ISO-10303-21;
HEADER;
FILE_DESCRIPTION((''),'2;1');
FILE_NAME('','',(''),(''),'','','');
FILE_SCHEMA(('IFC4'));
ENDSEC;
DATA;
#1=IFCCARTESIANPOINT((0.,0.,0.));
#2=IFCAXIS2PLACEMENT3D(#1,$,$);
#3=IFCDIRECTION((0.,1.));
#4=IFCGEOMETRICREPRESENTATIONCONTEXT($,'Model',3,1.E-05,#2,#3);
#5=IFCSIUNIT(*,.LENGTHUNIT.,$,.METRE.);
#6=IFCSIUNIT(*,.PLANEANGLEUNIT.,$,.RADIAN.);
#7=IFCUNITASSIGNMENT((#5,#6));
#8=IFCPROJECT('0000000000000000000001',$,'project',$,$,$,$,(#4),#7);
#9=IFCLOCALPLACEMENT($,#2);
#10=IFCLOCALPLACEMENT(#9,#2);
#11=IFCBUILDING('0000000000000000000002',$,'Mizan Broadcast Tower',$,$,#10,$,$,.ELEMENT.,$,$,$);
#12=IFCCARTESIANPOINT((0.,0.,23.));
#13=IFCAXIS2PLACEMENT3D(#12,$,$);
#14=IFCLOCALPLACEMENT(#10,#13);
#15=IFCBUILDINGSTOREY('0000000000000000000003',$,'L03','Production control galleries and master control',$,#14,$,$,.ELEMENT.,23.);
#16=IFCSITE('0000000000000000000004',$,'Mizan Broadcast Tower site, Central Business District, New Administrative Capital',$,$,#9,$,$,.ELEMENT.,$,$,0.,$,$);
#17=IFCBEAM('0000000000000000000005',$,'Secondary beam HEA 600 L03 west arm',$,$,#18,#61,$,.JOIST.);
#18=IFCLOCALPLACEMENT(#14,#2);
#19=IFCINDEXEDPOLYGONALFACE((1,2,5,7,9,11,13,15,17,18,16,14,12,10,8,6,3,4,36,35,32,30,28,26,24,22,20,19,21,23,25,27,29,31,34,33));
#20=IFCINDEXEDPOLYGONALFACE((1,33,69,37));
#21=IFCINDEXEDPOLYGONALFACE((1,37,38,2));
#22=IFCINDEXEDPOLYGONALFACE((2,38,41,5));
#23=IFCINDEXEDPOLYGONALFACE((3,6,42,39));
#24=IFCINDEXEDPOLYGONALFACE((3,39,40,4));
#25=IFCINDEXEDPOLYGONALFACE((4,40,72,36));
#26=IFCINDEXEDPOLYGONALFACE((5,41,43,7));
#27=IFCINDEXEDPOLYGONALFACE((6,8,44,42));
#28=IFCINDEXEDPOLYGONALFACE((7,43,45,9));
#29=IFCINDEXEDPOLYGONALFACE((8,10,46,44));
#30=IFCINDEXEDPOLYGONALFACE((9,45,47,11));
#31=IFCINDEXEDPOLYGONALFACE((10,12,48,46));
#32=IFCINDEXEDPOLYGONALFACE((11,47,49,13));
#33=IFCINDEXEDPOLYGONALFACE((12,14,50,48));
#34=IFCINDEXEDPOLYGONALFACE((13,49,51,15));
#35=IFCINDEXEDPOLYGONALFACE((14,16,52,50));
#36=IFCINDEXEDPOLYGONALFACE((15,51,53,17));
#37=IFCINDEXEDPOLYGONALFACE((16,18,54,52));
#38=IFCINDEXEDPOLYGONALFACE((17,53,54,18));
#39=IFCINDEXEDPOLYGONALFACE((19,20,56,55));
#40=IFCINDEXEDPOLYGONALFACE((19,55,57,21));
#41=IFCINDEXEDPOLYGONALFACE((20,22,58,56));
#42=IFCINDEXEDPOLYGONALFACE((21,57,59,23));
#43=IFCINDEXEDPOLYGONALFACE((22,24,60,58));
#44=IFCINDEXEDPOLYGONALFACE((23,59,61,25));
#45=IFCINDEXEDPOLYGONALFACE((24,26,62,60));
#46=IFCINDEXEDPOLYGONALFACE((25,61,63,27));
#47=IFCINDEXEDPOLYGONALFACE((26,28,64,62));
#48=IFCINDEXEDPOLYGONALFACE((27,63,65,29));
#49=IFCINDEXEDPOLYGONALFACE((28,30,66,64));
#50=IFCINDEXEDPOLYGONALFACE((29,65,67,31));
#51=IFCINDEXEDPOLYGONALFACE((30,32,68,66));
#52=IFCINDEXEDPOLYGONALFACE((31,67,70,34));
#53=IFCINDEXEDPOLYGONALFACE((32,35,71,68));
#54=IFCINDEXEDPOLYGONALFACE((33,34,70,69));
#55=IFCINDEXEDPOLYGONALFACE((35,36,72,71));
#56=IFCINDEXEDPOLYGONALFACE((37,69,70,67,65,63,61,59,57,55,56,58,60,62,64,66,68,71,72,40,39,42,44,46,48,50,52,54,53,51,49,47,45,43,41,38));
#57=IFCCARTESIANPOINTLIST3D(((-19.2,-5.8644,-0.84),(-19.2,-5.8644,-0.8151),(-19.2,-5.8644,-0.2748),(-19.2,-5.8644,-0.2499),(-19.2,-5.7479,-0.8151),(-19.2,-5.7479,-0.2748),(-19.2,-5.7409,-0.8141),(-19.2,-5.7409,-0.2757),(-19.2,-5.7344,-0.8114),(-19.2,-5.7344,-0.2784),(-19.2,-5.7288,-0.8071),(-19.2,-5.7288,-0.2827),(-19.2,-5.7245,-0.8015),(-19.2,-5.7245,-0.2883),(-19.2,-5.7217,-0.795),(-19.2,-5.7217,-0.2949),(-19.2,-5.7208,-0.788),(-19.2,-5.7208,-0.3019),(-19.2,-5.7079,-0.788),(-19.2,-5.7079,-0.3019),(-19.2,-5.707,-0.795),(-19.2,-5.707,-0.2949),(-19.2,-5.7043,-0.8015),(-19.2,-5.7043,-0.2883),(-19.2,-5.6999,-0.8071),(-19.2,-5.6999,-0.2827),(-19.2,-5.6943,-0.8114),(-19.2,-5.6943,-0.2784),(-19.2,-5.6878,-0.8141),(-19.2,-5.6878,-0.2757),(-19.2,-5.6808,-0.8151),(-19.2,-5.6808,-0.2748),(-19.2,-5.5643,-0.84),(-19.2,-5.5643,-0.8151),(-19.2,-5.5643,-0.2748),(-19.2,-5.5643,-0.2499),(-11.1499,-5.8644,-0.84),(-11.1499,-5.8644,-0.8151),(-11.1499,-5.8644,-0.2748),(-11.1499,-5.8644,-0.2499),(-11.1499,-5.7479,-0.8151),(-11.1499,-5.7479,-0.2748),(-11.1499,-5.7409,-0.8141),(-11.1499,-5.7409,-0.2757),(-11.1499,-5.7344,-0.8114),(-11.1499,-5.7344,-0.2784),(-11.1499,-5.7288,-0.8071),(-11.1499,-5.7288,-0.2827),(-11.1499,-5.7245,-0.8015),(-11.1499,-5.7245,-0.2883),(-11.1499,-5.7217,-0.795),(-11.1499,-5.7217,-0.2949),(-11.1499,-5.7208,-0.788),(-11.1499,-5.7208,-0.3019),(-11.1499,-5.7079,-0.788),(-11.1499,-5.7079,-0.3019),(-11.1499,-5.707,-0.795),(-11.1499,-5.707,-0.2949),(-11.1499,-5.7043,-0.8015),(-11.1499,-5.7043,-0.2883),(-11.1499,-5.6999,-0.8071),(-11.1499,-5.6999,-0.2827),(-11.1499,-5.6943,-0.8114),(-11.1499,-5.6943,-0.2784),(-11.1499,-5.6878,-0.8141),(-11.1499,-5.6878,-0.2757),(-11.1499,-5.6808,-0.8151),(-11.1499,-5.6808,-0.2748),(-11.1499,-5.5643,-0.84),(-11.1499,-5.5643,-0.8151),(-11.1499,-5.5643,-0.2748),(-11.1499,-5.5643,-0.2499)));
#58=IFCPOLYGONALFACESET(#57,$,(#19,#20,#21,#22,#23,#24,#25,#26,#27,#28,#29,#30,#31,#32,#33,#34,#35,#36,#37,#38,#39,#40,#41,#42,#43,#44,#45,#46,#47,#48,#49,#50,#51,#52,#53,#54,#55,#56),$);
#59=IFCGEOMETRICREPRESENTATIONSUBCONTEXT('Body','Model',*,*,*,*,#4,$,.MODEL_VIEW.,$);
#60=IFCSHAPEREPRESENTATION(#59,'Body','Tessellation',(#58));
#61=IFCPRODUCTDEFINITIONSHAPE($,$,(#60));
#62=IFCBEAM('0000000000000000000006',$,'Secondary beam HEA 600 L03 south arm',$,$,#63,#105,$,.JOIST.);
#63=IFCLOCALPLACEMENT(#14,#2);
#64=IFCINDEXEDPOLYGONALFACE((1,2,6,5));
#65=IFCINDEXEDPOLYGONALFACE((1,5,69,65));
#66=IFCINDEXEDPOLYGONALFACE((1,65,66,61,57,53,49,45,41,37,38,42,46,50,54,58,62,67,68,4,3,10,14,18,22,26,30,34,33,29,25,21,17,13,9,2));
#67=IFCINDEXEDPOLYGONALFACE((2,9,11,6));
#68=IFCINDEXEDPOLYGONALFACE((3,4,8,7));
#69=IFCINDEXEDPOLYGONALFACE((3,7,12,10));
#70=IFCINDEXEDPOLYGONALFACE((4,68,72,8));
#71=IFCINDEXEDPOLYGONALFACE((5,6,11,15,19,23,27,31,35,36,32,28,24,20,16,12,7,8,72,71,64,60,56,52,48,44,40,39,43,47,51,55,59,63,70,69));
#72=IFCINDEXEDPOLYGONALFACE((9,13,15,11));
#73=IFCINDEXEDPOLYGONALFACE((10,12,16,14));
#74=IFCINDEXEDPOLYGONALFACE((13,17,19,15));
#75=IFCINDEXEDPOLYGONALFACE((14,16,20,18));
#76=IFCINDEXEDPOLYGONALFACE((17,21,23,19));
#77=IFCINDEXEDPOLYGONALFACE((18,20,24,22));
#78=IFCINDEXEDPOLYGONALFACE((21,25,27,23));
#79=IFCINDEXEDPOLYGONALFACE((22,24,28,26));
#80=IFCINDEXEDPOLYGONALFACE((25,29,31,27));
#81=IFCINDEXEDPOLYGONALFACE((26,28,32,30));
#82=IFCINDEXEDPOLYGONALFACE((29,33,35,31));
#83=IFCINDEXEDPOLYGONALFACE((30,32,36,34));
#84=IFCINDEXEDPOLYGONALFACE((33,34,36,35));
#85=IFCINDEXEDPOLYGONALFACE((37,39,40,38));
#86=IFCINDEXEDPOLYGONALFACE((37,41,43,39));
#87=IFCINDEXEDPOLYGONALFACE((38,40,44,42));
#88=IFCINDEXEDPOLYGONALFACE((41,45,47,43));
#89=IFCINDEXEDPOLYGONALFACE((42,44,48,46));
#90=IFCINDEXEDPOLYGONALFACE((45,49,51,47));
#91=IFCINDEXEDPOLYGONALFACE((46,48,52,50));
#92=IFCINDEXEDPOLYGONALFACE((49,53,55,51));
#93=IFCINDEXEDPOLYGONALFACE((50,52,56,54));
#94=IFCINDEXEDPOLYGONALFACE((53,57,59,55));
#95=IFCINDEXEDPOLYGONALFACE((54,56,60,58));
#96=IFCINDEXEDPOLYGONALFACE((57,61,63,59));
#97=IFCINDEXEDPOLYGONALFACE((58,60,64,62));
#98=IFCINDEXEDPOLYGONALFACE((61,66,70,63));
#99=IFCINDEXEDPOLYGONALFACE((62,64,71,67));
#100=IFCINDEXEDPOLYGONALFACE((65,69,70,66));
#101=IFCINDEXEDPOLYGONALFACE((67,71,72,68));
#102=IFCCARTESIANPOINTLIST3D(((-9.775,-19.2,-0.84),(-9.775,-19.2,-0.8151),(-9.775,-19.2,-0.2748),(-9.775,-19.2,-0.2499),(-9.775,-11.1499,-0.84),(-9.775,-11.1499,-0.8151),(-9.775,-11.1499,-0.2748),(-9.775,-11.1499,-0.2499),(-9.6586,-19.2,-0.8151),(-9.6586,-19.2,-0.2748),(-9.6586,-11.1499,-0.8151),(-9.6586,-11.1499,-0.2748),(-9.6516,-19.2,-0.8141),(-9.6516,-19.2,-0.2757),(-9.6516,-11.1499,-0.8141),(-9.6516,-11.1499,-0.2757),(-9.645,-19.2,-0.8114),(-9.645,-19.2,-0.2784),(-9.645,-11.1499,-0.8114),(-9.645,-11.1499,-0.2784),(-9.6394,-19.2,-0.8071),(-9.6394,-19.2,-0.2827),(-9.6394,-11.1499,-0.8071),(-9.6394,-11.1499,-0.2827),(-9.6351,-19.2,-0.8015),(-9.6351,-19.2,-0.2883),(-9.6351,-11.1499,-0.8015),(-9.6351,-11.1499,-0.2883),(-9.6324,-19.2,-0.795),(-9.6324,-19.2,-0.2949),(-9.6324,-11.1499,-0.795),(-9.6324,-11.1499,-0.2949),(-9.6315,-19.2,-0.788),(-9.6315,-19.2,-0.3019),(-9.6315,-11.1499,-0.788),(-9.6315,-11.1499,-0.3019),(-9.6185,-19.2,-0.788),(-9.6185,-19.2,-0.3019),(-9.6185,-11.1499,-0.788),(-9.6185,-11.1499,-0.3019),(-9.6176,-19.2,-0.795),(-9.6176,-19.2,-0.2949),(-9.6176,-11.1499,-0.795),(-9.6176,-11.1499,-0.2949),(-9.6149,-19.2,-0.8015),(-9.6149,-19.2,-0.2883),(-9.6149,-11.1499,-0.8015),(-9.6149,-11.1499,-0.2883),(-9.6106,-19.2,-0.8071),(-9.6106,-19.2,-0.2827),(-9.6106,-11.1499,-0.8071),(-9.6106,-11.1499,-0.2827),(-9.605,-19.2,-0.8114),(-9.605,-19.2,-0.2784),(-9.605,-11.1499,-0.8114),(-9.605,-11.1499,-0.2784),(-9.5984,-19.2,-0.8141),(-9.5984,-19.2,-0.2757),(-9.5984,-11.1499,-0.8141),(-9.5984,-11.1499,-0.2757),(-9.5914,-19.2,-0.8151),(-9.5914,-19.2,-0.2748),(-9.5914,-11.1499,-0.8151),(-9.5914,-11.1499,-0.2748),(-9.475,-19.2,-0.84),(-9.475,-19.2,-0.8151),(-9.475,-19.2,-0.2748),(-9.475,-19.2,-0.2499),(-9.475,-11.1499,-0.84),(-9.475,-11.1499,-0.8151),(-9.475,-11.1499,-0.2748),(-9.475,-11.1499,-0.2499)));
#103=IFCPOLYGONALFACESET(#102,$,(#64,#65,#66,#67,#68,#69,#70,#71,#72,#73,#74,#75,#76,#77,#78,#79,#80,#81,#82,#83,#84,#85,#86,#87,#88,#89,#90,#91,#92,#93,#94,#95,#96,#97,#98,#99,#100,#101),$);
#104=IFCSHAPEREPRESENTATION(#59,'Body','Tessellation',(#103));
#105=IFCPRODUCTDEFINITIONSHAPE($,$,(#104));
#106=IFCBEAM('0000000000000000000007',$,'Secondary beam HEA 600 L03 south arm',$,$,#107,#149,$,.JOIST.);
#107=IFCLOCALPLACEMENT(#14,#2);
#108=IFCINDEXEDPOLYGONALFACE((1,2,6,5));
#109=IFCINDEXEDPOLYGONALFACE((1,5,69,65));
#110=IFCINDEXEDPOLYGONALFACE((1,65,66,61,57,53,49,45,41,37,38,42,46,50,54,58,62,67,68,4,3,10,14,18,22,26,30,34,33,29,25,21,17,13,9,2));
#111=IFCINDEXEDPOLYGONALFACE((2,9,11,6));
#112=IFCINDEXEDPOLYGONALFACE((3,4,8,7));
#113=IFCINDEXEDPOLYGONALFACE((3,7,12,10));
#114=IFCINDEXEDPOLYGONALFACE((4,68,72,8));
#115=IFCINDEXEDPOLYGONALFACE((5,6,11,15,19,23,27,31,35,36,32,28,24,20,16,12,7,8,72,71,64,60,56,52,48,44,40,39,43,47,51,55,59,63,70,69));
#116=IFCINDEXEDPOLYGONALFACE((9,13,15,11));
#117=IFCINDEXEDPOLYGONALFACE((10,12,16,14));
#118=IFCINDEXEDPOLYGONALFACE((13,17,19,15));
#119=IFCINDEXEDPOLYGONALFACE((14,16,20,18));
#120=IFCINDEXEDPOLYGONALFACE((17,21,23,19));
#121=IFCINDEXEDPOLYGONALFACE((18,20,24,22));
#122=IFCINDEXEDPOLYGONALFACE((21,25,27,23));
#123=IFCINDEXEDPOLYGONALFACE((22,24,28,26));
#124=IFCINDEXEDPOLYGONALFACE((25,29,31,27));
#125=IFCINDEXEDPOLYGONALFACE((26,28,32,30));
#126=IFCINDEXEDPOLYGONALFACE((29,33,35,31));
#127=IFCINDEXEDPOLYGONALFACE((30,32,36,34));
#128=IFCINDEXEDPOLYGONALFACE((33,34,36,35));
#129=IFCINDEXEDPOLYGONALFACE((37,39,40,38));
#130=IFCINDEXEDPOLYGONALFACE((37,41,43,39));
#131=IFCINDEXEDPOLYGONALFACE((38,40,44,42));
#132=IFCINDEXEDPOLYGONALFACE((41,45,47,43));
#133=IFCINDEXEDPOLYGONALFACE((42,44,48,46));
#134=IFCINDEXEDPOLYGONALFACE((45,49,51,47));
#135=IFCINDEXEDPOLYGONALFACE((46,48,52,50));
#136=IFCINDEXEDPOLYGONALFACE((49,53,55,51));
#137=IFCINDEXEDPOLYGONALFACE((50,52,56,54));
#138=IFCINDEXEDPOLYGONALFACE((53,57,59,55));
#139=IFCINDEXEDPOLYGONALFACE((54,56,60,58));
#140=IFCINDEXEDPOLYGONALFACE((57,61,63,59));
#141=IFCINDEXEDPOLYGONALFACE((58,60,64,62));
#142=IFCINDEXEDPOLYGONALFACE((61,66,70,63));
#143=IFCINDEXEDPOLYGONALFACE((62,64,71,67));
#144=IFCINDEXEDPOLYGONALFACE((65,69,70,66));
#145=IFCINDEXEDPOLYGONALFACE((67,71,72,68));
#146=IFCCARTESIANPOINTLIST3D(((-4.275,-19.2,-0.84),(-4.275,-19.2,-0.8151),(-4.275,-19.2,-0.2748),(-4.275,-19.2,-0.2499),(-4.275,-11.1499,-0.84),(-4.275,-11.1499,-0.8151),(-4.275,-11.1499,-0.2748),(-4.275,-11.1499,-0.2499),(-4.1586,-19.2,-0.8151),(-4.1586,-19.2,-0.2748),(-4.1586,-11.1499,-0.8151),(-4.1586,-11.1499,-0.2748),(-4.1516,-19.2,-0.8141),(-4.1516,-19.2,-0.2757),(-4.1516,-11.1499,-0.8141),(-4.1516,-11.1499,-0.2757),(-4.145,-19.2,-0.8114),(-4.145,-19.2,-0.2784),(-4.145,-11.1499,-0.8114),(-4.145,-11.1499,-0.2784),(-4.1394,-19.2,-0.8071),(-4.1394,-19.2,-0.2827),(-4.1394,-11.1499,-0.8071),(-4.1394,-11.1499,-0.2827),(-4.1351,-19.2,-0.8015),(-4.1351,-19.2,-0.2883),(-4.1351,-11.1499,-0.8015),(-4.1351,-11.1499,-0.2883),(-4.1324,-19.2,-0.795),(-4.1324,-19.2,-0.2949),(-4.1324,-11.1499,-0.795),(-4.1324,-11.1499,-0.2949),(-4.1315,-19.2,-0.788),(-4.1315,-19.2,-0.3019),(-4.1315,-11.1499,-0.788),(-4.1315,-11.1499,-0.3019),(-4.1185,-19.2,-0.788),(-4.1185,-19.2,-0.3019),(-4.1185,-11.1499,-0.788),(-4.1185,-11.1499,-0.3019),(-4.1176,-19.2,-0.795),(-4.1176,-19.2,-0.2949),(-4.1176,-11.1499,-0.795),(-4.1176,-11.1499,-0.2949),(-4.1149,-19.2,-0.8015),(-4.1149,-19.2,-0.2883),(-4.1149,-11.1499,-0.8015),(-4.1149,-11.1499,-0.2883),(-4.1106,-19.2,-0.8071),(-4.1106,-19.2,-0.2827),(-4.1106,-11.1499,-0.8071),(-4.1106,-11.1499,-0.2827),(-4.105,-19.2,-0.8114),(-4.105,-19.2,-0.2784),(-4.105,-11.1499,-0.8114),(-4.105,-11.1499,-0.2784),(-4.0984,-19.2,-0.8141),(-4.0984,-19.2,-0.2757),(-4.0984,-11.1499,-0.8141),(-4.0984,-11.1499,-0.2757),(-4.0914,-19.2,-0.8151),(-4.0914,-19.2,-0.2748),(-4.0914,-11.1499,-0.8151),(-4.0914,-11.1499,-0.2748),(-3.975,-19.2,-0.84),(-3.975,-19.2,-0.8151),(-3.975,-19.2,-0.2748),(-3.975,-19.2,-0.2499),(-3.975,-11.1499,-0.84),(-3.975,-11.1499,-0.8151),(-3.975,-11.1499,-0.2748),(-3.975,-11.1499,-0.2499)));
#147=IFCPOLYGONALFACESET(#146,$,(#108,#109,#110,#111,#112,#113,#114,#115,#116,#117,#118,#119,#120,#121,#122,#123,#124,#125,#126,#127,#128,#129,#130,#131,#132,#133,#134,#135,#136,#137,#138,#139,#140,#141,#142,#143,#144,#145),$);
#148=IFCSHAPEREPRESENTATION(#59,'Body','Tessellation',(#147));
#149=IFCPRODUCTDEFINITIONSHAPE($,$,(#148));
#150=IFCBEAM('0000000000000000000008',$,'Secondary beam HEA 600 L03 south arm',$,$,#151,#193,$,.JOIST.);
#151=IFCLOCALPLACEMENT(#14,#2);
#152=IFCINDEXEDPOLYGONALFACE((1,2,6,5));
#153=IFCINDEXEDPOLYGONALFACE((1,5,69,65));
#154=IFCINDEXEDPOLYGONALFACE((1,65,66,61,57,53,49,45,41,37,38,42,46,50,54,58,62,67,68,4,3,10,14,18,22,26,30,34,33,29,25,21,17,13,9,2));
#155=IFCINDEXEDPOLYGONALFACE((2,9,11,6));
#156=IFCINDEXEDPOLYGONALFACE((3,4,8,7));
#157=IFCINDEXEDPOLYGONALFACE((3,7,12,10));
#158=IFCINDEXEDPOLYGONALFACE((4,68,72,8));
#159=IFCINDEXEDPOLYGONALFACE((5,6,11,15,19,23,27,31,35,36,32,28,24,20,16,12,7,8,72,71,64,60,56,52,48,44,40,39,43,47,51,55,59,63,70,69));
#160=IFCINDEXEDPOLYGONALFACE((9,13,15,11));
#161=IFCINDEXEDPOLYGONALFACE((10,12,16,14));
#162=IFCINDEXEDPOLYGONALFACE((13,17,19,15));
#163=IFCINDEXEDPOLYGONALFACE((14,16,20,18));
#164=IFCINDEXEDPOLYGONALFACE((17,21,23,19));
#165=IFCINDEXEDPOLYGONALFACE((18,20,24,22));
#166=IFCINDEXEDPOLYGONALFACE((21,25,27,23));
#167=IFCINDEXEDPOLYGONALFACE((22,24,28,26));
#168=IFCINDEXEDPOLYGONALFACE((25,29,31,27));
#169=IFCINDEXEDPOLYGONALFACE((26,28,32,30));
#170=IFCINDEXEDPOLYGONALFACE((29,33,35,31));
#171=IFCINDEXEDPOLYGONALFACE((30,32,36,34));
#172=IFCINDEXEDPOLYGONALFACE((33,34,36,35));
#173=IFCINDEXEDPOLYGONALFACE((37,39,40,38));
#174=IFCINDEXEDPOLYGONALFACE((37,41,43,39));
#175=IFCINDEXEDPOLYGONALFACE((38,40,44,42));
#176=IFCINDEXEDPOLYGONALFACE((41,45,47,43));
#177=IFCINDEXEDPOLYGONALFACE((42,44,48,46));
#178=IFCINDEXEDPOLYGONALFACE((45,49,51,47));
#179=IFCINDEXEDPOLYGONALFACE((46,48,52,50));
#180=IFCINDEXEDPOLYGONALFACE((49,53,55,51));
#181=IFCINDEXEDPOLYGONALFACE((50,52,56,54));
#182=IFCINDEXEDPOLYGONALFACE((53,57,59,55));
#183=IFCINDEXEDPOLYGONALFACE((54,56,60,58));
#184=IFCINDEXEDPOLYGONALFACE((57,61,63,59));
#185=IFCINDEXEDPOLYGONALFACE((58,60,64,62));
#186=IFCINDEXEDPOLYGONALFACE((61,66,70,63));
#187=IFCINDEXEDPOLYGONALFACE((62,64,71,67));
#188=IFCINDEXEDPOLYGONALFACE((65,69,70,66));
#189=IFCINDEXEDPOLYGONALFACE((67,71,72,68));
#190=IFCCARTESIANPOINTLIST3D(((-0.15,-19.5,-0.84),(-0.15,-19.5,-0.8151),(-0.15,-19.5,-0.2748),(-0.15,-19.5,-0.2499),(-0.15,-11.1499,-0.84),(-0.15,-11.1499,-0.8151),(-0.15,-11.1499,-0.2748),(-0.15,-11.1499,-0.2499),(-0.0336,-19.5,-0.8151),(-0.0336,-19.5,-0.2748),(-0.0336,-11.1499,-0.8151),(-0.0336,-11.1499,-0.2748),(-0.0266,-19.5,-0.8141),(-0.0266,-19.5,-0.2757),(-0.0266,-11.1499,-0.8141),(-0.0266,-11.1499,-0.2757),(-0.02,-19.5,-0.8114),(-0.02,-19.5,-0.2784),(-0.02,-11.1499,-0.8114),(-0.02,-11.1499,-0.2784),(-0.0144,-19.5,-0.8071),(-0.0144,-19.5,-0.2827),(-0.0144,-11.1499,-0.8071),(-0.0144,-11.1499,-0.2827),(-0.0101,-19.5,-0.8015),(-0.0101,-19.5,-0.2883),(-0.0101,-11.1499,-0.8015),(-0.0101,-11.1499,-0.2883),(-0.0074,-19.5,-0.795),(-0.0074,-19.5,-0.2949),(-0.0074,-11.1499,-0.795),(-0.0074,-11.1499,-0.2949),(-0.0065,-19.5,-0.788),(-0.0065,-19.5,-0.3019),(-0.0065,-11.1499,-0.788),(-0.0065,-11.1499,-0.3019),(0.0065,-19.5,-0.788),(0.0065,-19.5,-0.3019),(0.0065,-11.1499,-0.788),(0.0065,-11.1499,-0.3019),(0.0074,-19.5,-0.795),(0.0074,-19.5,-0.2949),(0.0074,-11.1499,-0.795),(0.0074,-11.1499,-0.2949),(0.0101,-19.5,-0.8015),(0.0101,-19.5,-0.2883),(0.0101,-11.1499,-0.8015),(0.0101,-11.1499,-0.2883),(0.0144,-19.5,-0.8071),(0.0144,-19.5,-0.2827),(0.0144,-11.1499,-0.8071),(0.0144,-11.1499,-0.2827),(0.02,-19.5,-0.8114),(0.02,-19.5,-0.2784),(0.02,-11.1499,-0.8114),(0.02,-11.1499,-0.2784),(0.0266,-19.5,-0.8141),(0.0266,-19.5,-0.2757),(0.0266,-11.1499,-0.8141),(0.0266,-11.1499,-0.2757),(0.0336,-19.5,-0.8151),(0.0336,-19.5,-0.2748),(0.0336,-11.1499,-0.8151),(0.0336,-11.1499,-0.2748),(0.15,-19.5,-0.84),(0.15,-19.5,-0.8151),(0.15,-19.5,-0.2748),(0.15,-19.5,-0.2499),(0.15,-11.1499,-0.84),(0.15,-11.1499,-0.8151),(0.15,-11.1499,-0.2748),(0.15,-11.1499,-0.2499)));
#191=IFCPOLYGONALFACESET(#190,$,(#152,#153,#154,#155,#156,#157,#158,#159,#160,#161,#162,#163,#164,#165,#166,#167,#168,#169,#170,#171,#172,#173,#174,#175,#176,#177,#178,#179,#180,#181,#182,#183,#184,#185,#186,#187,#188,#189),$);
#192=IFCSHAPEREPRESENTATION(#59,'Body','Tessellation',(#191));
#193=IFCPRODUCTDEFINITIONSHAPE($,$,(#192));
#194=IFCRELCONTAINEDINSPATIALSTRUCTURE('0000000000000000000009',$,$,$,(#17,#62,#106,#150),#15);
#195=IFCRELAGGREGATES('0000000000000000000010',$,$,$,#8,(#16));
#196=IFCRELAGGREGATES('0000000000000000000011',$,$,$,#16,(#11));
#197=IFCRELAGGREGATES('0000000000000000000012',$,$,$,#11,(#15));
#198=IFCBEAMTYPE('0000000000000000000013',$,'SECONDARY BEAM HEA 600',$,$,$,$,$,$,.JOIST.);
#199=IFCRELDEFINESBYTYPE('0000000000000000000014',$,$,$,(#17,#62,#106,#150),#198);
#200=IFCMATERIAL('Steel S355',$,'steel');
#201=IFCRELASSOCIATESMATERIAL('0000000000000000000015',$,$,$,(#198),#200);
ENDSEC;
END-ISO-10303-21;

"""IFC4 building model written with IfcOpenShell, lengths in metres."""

from ifc_helpers import new_model, si_unit, direction, frame, origin, origin_2d, place, context, subcontext, project, spatial, i_section, extrude, material, material_profile, profile_set, type_object, element, save


model = new_model("IFC4")

# Units and contexts
model_context = context("Model", 3, precision=1e-05, world=origin(), true_north=direction((0.0, 1.0)))
body_context = subcontext(model_context, "Body", "Model", "MODEL_VIEW")
ifc_project = project(units=[si_unit("LENGTHUNIT", "METRE"), si_unit("PLANEANGLEUNIT", "RADIAN")], contexts=[model_context])

# Site, building, storey
site_placement = place(None, origin())
site = spatial("IfcSite", under=ifc_project, at=site_placement, Name="Mizan Broadcast Tower site, Central Business District, New Administrative Capital", CompositionType="ELEMENT", RefElevation=0.0)
building_placement = place(site_placement, origin())
building = spatial("IfcBuilding", under=site, at=building_placement, Name="Mizan Broadcast Tower", CompositionType="ELEMENT")
storey_placement = place(building_placement, frame((0.0, 0.0, 23.0)))
storey = spatial("IfcBuildingStorey", under=building, at=storey_placement, Name="L03", Description="Production control galleries and master control", CompositionType="ELEMENT", Elevation=23.0)

# Beams
ifc_material_1 = material(Name="Steel S355", Category="steel")
ifc_material_profile_1 = material_profile(ifc_material_1, i_section(OverallWidth=0.3, OverallDepth=0.5901, WebThickness=0.0129, FlangeThickness=0.0249, FilletRadius=0.0271, at=origin_2d()), Name="HEA 600")
ifc_profile_set_1 = profile_set([ifc_material_profile_1], Name="Steel S355")
beam_type_1 = type_object("IfcBeamType", Name="SECONDARY BEAM HEA 600", PredefinedType="JOIST", material=ifc_profile_set_1)
for number, where, z_axis, x_axis, name in (
    (1, (-11.1499, -5.7144, -0.5449), (-1.0, 0.0, 0.0), (0.0, -1.0, 0.0), "Secondary beam HEA 600 L03 west arm"),
    (2, (-9.625, -11.1499, -0.5449), (0.0, -1.0, 0.0), (1.0, 0.0, 0.0), "Secondary beam HEA 600 L03 south arm"),
    (3, (-4.125, -11.1499, -0.5449), (0.0, -1.0, 0.0), (1.0, 0.0, 0.0), "Secondary beam HEA 600 L03 south arm"),
):
    element("IfcBeam", number, at=place(storey_placement, frame(where, z_axis=z_axis, x_axis=x_axis)), inside=storey, type_object=beam_type_1, Name=name, PredefinedType="JOIST", context=body_context, shape_type="SweptSolid", body=[
        extrude(i_section(OverallWidth=0.3, OverallDepth=0.5901, WebThickness=0.0129, FlangeThickness=0.0249, FilletRadius=0.0271, at=origin_2d()), origin(), (0.0, 0.0, 1.0), 8.05),
    ])
beam_placement = place(storey_placement, frame((0.0, -11.1499, -0.5449), z_axis=(0.0, -1.0, 0.0), x_axis=(1.0, 0.0, 0.0)))
element("IfcBeam", 4, at=beam_placement, inside=storey, type_object=beam_type_1, Name="Secondary beam HEA 600 L03 south arm", PredefinedType="JOIST", context=body_context, shape_type="SweptSolid", body=[
    extrude(i_section(OverallWidth=0.3, OverallDepth=0.5901, WebThickness=0.0129, FlangeThickness=0.0249, FilletRadius=0.0271, at=origin_2d()), origin(), (0.0, 0.0, 1.0), 8.3501),
])

save(model, "model.ifc")
